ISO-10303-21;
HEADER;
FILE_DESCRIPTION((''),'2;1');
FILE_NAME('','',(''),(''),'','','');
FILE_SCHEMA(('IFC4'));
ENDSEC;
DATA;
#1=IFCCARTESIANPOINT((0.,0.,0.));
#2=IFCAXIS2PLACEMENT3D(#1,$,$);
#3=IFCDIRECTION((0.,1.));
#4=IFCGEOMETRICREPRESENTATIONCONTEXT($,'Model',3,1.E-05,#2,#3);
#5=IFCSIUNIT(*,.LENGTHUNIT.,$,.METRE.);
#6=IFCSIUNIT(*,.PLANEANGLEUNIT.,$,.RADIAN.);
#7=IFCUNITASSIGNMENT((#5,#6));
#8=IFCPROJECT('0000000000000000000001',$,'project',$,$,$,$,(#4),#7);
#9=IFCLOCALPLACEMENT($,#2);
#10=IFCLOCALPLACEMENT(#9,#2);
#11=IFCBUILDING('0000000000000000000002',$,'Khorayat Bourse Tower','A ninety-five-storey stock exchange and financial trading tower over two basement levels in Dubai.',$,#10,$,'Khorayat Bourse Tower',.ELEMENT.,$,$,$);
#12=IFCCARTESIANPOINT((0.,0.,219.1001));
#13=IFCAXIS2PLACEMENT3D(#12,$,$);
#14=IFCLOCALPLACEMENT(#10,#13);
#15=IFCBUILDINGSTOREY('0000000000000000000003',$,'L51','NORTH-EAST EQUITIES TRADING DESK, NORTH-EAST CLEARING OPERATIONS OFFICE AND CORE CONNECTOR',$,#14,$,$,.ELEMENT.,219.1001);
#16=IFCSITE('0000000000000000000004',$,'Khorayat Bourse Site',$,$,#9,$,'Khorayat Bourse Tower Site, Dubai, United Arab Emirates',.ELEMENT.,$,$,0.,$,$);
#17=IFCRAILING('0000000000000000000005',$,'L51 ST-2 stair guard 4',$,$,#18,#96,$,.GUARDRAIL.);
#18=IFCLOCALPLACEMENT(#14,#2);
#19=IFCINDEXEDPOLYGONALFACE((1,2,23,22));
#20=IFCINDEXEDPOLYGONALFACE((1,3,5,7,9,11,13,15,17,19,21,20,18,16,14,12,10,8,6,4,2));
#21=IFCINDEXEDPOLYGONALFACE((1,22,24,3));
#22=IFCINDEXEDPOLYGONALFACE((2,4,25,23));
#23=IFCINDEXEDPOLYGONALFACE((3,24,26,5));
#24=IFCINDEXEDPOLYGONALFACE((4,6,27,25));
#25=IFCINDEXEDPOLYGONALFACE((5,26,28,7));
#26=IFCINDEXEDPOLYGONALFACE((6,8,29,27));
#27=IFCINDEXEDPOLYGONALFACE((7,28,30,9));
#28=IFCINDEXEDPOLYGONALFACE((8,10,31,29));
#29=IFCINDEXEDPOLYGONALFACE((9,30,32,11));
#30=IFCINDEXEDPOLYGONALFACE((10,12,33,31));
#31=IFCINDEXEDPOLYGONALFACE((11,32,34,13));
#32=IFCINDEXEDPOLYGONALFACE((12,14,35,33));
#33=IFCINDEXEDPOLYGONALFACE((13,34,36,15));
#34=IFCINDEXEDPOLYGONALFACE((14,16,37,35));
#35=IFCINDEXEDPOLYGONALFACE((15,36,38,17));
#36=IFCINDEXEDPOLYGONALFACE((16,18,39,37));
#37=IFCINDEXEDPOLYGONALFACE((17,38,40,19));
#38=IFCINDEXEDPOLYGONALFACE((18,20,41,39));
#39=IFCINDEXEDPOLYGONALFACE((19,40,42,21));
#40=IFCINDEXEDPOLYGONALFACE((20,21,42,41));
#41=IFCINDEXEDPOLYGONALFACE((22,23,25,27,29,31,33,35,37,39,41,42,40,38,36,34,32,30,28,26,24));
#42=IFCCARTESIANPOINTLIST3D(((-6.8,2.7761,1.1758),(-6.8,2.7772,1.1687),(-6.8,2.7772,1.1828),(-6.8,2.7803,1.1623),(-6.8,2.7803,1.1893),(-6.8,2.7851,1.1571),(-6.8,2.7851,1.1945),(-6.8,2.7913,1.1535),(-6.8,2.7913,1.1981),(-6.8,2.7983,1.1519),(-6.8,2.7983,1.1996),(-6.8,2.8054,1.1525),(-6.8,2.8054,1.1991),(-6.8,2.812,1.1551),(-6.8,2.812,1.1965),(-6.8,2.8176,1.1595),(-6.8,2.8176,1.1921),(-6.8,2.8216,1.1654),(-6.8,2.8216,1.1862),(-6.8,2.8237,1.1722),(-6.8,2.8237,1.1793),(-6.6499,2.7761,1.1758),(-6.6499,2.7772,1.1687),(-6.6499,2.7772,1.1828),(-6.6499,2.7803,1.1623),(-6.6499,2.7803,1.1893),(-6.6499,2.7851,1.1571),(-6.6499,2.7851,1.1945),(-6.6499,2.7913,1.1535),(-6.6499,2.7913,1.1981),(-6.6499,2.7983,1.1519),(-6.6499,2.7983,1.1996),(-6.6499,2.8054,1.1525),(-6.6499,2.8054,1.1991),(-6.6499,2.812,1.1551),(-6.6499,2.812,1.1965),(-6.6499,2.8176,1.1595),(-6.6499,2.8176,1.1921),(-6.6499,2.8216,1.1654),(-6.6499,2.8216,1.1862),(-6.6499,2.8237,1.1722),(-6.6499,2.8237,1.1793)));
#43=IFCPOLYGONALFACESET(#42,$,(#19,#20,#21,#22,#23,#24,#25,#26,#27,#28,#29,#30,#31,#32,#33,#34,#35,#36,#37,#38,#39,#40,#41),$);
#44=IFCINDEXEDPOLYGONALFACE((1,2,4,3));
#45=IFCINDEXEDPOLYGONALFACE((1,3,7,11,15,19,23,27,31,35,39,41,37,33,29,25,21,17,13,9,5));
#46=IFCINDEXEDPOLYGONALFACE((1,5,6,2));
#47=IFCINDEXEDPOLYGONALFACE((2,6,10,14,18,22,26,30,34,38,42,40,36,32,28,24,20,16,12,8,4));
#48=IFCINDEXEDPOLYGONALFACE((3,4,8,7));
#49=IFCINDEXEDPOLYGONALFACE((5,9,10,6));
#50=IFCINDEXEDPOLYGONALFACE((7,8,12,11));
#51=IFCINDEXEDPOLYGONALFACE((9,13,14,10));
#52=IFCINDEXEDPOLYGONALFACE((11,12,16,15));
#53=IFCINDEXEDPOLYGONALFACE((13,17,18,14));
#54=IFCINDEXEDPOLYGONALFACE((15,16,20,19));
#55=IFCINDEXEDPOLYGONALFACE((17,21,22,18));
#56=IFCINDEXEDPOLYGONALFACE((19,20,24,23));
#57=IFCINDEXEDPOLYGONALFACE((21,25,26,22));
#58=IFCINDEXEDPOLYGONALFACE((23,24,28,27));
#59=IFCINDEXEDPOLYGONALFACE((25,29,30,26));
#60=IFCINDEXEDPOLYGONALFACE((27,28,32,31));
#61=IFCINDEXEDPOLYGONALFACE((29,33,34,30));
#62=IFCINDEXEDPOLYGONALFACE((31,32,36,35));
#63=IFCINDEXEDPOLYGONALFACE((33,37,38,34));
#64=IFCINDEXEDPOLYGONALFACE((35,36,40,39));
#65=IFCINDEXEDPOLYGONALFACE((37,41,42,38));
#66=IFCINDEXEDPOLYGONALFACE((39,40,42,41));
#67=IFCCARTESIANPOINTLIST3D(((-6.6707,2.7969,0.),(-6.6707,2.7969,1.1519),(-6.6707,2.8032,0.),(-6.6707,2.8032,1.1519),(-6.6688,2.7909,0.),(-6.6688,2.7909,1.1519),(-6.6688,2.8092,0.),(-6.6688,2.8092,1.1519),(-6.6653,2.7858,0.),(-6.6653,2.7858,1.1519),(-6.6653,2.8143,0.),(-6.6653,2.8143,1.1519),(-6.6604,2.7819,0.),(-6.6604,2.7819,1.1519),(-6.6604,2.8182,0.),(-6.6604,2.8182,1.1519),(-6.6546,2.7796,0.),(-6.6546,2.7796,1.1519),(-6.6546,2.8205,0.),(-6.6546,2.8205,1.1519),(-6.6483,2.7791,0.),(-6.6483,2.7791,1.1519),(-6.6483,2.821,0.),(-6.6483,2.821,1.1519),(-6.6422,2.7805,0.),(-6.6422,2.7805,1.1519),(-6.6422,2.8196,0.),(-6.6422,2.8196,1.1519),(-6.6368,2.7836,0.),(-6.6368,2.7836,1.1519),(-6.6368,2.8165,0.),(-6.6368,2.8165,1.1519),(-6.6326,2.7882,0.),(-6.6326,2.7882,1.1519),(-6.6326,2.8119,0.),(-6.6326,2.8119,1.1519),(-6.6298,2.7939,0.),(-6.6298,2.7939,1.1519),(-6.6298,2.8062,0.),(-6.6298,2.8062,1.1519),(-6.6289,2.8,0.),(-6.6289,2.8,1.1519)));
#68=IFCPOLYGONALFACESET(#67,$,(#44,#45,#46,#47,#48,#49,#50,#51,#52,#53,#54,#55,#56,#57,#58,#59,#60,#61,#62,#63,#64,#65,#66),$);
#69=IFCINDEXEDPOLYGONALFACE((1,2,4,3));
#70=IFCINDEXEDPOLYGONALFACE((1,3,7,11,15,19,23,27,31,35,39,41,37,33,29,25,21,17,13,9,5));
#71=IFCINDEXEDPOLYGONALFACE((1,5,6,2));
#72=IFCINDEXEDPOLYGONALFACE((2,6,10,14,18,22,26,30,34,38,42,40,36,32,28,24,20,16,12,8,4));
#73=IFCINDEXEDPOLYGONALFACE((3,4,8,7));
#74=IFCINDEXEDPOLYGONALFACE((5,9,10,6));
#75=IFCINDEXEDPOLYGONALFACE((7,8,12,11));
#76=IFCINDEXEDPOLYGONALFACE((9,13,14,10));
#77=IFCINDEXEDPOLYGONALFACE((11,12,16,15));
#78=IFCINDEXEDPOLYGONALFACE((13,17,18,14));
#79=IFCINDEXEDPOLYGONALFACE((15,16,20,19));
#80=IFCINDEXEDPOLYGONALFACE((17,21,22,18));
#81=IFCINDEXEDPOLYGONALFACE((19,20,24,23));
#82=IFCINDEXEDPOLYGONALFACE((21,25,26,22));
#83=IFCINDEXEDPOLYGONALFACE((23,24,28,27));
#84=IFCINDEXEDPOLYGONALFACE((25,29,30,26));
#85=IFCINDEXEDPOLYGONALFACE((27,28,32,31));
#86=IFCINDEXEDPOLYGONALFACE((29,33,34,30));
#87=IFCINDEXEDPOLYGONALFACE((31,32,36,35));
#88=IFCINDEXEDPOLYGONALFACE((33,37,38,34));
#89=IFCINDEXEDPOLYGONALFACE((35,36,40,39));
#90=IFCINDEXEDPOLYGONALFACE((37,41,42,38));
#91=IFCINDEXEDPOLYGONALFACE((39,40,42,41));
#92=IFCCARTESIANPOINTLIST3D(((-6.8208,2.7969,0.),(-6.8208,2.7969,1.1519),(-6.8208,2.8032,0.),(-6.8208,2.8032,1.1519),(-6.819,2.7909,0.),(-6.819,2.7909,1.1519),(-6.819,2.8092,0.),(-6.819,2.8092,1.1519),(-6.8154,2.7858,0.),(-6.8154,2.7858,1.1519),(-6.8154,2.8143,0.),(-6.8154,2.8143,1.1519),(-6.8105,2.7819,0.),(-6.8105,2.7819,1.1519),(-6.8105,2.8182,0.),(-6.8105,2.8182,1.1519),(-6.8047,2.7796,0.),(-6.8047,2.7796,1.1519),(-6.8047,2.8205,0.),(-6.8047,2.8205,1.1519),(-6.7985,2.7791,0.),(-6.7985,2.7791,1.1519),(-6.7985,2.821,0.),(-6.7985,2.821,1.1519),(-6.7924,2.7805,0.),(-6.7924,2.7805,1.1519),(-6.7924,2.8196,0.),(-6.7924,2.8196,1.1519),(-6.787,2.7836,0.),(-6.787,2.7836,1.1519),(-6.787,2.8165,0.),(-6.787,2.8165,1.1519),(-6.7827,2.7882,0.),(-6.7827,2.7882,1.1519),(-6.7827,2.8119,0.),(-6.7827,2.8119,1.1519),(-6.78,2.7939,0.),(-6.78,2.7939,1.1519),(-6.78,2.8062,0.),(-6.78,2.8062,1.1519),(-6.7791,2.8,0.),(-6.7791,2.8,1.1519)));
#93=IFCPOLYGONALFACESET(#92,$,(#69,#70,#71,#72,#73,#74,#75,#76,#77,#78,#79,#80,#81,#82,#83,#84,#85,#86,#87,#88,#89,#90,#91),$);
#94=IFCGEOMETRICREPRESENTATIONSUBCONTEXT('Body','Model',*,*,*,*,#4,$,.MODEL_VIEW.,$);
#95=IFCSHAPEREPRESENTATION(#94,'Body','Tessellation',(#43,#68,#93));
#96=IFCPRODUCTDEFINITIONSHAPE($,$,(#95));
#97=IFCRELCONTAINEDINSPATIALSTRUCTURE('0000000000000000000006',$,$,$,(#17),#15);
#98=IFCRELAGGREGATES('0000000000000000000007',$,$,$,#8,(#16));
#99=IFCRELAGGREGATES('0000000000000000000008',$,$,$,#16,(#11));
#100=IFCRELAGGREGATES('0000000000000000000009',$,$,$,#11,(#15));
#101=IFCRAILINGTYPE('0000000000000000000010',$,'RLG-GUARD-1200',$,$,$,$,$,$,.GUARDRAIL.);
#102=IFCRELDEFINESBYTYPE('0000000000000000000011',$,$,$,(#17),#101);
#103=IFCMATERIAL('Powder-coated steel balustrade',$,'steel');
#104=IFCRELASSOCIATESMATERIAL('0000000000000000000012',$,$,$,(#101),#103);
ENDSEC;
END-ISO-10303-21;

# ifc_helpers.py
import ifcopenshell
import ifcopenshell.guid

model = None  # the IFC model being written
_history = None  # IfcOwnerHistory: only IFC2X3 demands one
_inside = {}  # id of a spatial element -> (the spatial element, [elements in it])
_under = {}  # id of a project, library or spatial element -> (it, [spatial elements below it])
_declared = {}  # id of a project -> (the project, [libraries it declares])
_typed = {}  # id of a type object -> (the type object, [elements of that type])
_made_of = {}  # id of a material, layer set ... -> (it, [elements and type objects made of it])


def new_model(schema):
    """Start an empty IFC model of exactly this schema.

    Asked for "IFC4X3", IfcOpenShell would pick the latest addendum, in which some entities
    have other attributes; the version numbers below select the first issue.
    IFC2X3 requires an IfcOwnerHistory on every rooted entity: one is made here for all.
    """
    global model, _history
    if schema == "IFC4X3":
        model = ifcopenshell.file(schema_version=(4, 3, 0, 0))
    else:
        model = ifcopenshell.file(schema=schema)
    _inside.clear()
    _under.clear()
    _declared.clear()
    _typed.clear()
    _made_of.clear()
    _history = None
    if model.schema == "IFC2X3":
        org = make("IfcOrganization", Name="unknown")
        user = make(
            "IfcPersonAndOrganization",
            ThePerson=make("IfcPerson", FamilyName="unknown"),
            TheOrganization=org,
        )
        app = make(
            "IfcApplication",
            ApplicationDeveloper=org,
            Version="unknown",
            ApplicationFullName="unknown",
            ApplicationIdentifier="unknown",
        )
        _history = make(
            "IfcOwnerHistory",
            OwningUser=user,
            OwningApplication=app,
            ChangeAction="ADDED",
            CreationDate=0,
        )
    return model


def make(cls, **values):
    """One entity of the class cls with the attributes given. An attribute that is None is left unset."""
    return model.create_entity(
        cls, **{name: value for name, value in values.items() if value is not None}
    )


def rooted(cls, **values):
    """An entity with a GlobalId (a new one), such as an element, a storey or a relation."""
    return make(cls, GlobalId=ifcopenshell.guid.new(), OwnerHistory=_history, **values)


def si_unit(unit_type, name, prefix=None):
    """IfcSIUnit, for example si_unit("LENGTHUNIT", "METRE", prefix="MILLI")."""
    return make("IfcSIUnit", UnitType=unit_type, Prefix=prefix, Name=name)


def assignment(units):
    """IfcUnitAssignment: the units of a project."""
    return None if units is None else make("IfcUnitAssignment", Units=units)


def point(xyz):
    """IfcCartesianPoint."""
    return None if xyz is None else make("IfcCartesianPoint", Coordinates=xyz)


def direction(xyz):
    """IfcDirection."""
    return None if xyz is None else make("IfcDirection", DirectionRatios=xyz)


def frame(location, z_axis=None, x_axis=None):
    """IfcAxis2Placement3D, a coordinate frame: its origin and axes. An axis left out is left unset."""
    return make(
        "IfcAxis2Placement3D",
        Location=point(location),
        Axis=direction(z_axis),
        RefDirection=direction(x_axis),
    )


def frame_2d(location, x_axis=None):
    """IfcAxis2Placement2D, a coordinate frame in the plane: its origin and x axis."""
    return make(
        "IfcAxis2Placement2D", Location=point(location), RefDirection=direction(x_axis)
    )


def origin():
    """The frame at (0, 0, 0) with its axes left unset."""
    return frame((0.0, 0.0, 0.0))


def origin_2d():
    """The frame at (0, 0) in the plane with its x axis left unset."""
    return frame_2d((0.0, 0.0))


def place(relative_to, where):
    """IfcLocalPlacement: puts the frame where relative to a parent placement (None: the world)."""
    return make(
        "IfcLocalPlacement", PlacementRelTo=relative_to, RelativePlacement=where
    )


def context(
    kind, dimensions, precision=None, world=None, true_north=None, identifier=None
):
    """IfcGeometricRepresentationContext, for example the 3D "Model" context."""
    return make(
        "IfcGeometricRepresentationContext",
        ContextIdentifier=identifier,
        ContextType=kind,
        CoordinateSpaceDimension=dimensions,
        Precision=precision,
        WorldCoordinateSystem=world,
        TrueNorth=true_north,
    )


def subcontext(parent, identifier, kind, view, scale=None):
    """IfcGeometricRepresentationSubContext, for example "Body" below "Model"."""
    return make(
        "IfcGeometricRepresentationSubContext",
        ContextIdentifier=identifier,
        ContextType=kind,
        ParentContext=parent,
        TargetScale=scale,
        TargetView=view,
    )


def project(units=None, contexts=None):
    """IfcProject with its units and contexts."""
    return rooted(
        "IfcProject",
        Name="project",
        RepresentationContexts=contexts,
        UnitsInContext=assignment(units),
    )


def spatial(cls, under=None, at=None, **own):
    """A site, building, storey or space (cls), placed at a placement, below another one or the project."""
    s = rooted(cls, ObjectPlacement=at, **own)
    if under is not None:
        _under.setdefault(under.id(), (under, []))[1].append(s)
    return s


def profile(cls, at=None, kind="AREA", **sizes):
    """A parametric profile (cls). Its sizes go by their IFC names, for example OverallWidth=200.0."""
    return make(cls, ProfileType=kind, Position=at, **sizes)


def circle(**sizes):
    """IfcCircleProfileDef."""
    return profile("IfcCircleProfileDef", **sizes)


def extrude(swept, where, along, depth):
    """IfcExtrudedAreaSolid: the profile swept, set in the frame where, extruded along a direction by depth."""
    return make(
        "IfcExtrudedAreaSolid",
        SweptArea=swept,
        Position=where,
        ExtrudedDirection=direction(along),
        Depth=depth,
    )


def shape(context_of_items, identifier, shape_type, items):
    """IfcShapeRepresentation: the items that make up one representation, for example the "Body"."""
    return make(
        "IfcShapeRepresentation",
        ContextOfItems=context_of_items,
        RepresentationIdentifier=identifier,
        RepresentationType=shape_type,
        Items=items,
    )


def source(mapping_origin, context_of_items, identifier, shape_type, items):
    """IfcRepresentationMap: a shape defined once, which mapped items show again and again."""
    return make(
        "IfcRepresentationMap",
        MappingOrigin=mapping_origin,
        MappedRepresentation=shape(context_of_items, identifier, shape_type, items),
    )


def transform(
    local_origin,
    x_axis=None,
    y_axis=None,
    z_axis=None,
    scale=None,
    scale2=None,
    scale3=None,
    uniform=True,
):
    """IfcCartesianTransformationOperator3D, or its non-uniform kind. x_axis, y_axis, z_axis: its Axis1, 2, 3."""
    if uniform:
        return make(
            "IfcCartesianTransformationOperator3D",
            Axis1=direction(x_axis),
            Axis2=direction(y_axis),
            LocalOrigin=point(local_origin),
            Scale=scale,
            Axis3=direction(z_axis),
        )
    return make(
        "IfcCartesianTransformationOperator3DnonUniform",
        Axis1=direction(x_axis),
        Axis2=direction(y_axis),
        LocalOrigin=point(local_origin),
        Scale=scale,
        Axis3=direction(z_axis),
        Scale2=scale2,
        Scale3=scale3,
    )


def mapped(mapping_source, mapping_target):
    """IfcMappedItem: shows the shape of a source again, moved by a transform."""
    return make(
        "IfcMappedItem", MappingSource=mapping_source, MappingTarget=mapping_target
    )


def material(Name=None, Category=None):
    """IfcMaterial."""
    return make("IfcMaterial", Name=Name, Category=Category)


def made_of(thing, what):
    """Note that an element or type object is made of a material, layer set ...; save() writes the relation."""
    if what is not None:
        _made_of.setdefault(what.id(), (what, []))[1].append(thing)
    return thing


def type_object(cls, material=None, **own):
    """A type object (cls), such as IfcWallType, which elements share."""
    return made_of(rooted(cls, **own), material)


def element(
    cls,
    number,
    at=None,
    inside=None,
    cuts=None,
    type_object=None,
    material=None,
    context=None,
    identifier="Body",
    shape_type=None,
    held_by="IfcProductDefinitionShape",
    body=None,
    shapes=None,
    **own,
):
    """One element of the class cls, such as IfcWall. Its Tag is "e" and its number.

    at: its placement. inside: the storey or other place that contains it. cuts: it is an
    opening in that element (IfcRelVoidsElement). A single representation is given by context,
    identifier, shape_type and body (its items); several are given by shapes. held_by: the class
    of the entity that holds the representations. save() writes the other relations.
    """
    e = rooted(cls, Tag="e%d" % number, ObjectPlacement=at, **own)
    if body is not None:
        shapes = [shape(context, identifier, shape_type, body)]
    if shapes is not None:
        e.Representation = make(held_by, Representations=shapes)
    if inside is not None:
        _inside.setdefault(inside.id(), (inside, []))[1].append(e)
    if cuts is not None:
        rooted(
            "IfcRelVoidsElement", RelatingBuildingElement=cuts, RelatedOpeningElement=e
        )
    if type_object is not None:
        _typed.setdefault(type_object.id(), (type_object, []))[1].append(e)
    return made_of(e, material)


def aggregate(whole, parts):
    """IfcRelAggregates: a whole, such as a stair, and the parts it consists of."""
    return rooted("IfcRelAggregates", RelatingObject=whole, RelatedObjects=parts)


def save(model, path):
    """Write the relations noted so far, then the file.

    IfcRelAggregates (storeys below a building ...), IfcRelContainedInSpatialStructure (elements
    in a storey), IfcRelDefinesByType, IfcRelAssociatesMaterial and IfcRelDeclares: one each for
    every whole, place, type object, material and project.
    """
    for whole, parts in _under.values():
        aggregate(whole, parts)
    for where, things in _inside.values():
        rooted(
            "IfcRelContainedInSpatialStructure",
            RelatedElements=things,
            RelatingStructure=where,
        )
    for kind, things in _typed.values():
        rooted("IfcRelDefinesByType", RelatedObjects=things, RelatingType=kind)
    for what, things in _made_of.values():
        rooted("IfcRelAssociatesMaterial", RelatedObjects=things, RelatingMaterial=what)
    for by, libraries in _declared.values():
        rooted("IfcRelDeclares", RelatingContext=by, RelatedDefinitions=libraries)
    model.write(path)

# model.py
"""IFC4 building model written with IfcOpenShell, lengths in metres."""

from ifc_helpers import new_model, si_unit, direction, frame, origin, origin_2d, place, context, subcontext, project, spatial, circle, extrude, source, transform, mapped, material, type_object, element, save


model = new_model("IFC4")

# Units and contexts
model_context = context("Model", 3, precision=1e-05, world=origin(), true_north=direction((0.0, 1.0)))
body_context = subcontext(model_context, "Body", "Model", "MODEL_VIEW")
ifc_project = project(units=[si_unit("LENGTHUNIT", "METRE"), si_unit("PLANEANGLEUNIT", "RADIAN")], contexts=[model_context])

# Site, building, storey
site_placement = place(None, origin())
site = spatial("IfcSite", under=ifc_project, at=site_placement, Name="Khorayat Bourse Site", LongName="Khorayat Bourse Tower Site, Dubai, United Arab Emirates", CompositionType="ELEMENT", RefElevation=0.0)
building_placement = place(site_placement, origin())
building = spatial("IfcBuilding", under=site, at=building_placement, Name="Khorayat Bourse Tower", Description="A ninety-five-storey stock exchange and financial trading tower over two basement levels in Dubai.", LongName="Khorayat Bourse Tower", CompositionType="ELEMENT")
storey_placement = place(building_placement, frame((0.0, 0.0, 219.1001)))
storey = spatial("IfcBuildingStorey", under=building, at=storey_placement, Name="L51", Description="NORTH-EAST EQUITIES TRADING DESK, NORTH-EAST CLEARING OPERATIONS OFFICE AND CORE CONNECTOR", CompositionType="ELEMENT", Elevation=219.1001)

# Railing
ifc_material_1 = material(Name="Powder-coated steel balustrade", Category="steel")
railing_type_1 = type_object("IfcRailingType", Name="RLG-GUARD-1200", PredefinedType="GUARDRAIL", material=ifc_material_1)
shared_shape_1 = source(origin(), body_context, "Body", "SweptSolid", [
    extrude(circle(Radius=0.0239, at=origin_2d()), frame((0.0, 0.0, 1.1758), z_axis=(-1.0, 0.0, 0.0), x_axis=(0.0, -1.0, 0.0)), (0.0, 0.0, 1.0), 0.1501),
    extrude(circle(Radius=0.021, at=origin_2d()), origin(), (0.0, 0.0, 1.0), 1.1519),
    extrude(circle(Radius=0.021, at=origin_2d()), frame((-0.1501, 0.0, 0.0)), (0.0, 0.0, 1.0), 1.1519),
])
for number, where, name in (
    (1, (-6.6499, 2.8, 0.0), "L51 ST-2 stair guard 4"),
):
    element("IfcRailing", number, at=place(storey_placement, frame(where)), inside=storey, type_object=railing_type_1, Name=name, PredefinedType="GUARDRAIL", context=body_context, shape_type="MappedRepresentation", body=[
        mapped(shared_shape_1, transform((0.0, 0.0, 0.0), scale=1.0)),
    ])

save(model, "model.ifc")
